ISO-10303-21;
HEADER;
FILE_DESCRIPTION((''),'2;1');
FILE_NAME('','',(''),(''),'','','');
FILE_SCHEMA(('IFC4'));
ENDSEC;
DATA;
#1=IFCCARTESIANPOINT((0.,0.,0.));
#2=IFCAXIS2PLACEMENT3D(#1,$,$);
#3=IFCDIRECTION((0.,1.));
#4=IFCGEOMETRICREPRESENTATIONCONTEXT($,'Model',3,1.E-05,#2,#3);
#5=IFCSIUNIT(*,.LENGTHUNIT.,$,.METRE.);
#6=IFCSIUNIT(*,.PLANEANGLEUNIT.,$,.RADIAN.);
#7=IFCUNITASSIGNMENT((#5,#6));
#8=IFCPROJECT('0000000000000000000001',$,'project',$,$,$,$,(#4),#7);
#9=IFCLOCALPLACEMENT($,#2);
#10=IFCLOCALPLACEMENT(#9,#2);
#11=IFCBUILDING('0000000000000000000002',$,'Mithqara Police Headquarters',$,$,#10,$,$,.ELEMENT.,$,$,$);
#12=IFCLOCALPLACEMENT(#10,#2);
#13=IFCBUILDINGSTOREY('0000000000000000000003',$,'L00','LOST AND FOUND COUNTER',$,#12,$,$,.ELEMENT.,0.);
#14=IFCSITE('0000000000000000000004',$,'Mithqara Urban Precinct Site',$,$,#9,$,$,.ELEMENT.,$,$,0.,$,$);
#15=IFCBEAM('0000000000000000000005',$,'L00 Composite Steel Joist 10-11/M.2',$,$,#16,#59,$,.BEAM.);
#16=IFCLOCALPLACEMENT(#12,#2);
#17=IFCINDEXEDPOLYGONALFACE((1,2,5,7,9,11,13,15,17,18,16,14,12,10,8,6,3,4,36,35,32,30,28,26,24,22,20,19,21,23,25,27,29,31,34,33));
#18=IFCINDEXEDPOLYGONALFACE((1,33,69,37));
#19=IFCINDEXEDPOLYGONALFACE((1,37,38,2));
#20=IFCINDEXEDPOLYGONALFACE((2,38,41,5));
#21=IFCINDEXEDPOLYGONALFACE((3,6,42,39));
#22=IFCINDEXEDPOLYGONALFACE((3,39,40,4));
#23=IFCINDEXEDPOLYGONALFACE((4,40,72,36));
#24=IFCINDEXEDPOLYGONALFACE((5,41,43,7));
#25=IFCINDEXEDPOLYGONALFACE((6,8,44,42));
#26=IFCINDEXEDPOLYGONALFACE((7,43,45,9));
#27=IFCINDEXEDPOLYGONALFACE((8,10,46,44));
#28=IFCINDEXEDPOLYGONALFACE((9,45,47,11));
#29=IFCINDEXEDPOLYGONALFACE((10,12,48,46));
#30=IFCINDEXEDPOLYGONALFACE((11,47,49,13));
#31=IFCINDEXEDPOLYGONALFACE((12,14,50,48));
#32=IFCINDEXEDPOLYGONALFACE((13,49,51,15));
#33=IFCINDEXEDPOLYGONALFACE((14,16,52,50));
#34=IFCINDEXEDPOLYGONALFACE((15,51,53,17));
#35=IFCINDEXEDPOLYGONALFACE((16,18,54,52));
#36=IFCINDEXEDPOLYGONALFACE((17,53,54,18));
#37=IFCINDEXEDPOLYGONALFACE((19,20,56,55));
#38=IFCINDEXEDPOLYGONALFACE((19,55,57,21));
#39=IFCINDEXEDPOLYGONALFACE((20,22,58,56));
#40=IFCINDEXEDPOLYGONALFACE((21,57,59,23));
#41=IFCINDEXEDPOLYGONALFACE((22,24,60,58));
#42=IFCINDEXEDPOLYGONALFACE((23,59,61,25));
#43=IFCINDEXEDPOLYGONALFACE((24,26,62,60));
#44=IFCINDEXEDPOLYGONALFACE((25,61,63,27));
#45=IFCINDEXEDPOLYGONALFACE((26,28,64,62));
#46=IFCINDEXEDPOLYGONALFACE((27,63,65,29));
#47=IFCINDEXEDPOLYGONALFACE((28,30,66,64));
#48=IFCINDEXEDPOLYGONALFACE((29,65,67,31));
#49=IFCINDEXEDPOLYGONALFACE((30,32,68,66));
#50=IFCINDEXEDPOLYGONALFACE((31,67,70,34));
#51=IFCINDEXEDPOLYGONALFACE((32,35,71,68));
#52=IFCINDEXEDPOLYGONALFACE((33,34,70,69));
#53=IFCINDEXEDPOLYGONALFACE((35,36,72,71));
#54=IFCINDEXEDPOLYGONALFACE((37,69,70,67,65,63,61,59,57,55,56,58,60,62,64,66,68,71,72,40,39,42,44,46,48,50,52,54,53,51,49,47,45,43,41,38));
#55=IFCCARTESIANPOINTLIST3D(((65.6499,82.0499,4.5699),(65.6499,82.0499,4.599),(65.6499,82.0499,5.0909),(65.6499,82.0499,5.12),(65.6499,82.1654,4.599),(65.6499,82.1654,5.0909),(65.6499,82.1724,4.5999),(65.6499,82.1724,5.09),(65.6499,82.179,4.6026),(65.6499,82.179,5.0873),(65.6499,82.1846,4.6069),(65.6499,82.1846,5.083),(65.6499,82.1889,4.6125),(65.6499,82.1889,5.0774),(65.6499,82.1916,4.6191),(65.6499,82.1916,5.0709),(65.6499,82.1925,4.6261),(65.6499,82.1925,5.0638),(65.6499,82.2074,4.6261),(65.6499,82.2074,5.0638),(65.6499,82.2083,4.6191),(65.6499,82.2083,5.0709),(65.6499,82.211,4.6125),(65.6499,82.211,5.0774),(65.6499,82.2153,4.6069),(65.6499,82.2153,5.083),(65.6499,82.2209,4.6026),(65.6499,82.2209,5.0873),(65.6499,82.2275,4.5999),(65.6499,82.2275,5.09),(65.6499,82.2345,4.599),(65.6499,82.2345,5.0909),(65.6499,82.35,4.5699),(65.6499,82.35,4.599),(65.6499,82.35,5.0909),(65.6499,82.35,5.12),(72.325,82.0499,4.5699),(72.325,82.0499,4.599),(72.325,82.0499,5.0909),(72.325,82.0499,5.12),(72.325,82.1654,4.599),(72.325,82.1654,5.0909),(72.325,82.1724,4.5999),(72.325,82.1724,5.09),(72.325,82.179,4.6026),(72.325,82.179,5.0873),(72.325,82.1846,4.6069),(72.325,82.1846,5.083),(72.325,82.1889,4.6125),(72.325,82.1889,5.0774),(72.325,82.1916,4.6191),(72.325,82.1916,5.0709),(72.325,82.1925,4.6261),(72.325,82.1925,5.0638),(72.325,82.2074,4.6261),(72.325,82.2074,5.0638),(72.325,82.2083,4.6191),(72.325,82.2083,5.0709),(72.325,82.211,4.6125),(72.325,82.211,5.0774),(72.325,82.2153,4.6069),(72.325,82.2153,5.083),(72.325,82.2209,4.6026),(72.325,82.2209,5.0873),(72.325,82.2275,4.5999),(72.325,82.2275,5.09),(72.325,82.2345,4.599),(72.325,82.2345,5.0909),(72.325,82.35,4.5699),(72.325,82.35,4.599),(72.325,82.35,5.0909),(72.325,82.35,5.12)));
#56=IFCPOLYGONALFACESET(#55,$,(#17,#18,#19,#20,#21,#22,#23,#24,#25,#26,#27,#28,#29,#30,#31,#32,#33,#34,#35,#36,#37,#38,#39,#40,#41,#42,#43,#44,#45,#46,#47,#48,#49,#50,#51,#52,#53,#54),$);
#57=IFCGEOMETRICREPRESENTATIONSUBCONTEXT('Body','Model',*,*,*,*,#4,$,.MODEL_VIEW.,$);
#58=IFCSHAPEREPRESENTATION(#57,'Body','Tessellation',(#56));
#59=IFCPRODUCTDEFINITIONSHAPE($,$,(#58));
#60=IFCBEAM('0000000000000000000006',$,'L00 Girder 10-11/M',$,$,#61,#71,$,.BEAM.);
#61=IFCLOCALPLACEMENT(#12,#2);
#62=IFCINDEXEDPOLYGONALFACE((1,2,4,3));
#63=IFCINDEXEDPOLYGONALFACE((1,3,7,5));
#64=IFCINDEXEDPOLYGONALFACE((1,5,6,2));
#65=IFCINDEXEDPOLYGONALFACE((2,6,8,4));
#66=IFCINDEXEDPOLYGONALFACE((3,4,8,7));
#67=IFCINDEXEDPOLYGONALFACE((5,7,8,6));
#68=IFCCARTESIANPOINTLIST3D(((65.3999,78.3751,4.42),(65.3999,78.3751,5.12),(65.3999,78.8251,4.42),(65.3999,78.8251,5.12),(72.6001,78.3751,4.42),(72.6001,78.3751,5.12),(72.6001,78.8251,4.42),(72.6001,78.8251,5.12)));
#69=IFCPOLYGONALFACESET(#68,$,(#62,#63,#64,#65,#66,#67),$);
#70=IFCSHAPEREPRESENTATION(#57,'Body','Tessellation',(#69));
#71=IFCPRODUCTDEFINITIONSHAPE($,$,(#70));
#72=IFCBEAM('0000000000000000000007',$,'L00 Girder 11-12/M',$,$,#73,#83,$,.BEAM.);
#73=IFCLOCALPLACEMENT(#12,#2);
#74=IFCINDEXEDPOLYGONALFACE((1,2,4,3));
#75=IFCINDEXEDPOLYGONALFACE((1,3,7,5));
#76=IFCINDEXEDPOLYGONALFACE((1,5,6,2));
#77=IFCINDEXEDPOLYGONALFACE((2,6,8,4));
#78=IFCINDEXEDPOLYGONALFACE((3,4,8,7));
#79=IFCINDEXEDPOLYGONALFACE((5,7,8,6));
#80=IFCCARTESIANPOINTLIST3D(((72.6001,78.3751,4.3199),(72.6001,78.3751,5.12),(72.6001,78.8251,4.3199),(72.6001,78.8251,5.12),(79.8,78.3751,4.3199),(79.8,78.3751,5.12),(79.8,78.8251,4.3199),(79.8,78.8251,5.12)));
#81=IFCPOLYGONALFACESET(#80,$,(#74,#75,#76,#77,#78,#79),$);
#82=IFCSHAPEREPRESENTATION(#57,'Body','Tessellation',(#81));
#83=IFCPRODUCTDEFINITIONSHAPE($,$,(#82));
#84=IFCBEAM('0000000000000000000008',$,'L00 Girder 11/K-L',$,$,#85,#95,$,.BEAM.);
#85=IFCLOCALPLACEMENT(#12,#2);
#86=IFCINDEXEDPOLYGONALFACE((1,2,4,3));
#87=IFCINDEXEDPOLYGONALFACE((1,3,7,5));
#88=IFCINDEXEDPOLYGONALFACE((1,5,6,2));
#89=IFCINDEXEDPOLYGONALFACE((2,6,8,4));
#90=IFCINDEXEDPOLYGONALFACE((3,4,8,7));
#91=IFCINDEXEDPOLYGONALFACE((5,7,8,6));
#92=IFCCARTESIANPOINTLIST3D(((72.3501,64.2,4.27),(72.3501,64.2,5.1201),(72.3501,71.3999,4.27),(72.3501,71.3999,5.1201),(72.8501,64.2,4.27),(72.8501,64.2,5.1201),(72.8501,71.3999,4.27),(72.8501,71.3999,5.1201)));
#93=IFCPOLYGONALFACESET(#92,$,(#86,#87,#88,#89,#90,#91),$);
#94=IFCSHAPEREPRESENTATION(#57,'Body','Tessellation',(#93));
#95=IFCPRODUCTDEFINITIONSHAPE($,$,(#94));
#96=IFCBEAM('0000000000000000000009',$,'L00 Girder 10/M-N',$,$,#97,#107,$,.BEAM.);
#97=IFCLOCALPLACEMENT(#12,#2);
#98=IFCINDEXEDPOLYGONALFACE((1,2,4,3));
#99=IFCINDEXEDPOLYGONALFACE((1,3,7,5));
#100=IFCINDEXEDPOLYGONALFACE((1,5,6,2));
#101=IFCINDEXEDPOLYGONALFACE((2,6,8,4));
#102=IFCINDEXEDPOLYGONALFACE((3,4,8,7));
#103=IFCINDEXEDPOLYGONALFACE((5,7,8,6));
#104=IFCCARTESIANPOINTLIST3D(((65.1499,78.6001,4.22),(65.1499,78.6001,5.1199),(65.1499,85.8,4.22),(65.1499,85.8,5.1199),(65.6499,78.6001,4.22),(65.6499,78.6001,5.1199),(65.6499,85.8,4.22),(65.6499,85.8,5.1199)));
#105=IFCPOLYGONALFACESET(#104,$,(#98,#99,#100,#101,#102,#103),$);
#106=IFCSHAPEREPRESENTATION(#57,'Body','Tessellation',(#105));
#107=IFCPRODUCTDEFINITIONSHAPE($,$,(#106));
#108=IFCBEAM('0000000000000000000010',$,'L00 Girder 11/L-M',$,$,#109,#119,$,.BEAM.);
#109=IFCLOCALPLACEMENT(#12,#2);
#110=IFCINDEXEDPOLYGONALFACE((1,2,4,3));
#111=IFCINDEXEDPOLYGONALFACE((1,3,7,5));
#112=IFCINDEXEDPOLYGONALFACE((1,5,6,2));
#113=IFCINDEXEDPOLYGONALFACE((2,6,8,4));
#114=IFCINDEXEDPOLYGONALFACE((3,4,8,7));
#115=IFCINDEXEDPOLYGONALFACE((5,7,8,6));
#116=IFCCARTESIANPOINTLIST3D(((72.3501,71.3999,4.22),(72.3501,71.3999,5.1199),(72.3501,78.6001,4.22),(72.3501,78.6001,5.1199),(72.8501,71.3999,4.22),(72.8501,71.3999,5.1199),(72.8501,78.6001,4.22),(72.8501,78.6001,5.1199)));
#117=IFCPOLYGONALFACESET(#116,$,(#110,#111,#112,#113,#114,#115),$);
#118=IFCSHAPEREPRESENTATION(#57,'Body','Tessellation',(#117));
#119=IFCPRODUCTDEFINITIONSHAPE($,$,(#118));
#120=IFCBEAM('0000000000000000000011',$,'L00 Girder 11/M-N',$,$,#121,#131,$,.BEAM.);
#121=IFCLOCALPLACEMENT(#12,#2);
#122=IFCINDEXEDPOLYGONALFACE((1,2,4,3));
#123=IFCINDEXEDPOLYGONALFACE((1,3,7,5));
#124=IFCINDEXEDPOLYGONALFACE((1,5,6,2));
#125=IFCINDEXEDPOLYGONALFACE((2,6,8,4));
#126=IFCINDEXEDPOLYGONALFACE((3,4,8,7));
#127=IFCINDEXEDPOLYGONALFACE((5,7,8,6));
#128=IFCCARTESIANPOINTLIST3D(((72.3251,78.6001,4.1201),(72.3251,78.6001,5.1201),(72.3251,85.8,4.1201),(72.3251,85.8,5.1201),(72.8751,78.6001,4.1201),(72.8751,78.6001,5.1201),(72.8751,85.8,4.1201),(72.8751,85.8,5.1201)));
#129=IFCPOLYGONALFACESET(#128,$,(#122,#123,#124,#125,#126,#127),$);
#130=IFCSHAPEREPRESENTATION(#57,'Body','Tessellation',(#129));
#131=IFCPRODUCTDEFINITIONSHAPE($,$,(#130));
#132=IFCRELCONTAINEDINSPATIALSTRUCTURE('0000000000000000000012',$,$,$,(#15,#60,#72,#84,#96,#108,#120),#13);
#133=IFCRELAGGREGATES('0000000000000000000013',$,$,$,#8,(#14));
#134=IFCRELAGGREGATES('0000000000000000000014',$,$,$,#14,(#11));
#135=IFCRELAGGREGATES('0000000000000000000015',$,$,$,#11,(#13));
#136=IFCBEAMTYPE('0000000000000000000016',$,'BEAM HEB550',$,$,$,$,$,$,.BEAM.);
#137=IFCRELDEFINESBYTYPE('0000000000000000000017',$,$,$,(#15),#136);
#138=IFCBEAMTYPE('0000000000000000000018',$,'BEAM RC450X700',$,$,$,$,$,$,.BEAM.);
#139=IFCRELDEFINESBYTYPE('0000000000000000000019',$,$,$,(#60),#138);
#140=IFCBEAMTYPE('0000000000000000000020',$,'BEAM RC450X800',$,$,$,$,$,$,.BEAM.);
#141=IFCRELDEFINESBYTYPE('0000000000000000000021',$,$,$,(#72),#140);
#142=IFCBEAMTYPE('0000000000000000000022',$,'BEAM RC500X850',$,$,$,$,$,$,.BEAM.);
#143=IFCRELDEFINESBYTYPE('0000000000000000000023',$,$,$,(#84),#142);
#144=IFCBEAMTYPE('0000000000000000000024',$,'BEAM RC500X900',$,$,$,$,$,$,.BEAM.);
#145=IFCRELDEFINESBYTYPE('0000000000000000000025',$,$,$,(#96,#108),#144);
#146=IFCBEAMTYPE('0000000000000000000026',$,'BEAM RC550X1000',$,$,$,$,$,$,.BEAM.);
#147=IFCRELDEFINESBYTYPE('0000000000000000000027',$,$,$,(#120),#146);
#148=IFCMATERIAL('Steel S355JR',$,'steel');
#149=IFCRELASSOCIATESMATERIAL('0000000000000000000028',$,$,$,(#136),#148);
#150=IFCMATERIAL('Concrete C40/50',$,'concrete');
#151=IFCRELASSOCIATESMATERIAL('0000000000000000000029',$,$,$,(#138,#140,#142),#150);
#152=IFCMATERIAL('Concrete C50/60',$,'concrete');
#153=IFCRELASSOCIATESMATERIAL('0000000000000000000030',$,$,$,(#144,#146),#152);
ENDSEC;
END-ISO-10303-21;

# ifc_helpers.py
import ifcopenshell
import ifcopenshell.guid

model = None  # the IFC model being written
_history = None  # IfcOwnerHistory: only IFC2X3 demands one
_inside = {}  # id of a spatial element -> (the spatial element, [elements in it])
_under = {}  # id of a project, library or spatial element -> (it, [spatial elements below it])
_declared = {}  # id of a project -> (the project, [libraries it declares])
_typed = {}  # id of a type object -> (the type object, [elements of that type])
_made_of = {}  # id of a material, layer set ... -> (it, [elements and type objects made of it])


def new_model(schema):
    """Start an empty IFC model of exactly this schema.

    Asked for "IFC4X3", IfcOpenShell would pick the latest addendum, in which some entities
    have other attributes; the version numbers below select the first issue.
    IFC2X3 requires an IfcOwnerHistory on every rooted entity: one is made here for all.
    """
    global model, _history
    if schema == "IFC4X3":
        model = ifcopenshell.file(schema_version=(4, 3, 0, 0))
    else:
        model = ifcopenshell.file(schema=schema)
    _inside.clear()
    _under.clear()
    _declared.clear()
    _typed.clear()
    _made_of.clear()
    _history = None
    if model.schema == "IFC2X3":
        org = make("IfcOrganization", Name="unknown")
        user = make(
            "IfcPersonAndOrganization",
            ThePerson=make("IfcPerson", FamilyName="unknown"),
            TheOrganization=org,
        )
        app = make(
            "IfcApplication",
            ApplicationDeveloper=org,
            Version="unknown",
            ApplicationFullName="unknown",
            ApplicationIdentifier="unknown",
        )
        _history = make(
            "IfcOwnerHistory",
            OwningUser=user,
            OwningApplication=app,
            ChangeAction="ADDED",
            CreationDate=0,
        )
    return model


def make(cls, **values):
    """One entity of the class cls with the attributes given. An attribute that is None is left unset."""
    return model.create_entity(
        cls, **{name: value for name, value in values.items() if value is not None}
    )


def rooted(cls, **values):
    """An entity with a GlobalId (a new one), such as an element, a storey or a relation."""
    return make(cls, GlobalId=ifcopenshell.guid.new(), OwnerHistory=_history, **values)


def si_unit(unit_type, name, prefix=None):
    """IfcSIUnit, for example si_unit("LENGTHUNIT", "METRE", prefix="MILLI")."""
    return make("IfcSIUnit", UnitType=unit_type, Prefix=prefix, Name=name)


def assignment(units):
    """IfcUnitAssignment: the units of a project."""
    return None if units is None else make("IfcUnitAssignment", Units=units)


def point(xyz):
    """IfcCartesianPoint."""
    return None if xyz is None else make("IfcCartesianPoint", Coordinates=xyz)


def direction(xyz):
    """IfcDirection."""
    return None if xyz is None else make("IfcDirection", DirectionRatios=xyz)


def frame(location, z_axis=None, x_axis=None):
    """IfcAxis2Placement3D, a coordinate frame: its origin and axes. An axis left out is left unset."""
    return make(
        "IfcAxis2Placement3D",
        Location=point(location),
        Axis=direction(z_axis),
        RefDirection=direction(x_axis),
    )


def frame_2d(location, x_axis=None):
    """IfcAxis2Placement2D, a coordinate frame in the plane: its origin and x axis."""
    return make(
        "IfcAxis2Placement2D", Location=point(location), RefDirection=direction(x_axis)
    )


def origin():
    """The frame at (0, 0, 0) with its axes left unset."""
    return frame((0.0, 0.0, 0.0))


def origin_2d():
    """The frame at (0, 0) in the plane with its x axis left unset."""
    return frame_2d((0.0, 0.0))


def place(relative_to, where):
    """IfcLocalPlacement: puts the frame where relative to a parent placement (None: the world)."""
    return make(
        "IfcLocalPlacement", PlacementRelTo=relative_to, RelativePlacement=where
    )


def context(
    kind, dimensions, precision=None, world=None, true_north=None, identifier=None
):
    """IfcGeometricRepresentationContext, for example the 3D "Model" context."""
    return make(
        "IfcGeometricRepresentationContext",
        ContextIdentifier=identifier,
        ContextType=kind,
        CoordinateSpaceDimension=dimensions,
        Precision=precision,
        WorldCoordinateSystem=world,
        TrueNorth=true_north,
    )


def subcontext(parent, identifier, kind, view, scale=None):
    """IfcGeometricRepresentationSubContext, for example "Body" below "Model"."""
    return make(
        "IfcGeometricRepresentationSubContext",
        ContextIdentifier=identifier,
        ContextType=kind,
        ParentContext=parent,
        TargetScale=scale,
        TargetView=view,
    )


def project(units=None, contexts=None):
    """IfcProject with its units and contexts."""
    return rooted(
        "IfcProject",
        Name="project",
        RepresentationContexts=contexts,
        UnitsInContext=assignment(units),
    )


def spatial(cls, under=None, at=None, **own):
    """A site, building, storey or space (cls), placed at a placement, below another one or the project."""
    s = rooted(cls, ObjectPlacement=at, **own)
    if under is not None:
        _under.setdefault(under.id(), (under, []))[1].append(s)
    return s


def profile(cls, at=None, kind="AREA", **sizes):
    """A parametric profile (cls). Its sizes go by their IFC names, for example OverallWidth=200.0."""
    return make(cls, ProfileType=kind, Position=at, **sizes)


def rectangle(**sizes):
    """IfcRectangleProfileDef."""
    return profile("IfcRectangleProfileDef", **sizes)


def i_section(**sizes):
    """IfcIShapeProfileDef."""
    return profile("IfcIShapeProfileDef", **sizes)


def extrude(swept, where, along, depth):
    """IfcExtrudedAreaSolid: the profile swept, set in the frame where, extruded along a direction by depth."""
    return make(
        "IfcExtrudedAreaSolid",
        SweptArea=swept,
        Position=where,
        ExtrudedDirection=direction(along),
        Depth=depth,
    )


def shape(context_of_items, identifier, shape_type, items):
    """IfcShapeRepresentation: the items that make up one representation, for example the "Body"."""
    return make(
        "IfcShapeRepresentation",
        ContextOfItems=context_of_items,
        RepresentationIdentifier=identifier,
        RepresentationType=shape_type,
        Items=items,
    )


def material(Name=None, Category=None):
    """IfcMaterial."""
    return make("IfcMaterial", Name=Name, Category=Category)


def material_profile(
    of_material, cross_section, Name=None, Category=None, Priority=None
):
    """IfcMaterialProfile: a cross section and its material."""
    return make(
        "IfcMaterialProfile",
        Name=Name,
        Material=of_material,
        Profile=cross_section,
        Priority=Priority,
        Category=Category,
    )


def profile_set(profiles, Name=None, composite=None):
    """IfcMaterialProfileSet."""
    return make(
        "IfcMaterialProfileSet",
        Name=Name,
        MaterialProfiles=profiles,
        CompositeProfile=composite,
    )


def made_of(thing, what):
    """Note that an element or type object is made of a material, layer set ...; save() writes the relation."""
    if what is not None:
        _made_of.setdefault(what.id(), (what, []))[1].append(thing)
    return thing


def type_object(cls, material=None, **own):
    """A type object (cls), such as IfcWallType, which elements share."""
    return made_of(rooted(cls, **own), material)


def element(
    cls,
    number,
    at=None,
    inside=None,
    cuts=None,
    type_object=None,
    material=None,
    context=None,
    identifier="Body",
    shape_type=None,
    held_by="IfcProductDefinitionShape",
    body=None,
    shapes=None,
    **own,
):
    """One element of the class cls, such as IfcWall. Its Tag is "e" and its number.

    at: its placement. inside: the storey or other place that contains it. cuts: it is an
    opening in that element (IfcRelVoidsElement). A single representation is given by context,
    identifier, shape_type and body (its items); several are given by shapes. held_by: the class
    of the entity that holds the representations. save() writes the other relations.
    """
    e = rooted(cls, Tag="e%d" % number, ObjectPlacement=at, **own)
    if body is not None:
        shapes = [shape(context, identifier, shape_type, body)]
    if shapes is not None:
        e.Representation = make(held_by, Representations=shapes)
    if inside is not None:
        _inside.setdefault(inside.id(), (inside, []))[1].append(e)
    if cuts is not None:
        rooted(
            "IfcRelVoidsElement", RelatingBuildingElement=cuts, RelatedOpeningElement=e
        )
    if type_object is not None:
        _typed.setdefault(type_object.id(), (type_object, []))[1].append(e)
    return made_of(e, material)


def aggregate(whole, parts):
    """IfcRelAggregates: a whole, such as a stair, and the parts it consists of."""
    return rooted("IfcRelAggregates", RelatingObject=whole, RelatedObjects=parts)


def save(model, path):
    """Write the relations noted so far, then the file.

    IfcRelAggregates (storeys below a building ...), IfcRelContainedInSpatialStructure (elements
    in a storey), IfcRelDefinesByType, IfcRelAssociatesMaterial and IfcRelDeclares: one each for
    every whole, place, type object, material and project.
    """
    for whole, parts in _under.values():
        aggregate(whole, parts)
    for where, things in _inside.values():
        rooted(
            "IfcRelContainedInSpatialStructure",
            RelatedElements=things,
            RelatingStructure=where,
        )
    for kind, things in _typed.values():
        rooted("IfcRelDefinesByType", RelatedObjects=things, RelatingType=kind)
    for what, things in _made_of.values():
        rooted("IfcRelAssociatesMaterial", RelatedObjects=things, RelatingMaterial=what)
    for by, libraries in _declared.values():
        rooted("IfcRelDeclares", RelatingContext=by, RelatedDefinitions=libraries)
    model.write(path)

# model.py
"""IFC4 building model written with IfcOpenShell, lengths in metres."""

from ifc_helpers import new_model, si_unit, direction, frame, origin, origin_2d, place, context, subcontext, project, spatial, rectangle, i_section, extrude, material, material_profile, profile_set, type_object, element, save


model = new_model("IFC4")

# Units and contexts
model_context = context("Model", 3, precision=1e-05, world=origin(), true_north=direction((0.0, 1.0)))
body_context = subcontext(model_context, "Body", "Model", "MODEL_VIEW")
ifc_project = project(units=[si_unit("LENGTHUNIT", "METRE"), si_unit("PLANEANGLEUNIT", "RADIAN")], contexts=[model_context])

# Site, building, storey
site_placement = place(None, origin())
site = spatial("IfcSite", under=ifc_project, at=site_placement, Name="Mithqara Urban Precinct Site", CompositionType="ELEMENT", RefElevation=0.0)
building_placement = place(site_placement, origin())
building = spatial("IfcBuilding", under=site, at=building_placement, Name="Mithqara Police Headquarters", CompositionType="ELEMENT")
storey_placement = place(building_placement, origin())
storey = spatial("IfcBuildingStorey", under=building, at=storey_placement, Name="L00", Description="LOST AND FOUND COUNTER", CompositionType="ELEMENT", Elevation=0.0)

# Shared definitions
ifc_material_1 = material(Name="Concrete C50/60", Category="concrete")

# Beams
ifc_material_2 = material(Name="Steel S355JR", Category="steel")
ifc_material_profile_1 = material_profile(ifc_material_2, i_section(OverallWidth=0.3, OverallDepth=0.55, WebThickness=0.0149, FlangeThickness=0.0291, FilletRadius=0.0271, at=origin_2d()), Name="HEB 550")
ifc_profile_set_1 = profile_set([ifc_material_profile_1], Name="Steel S355JR")
beam_type_1 = type_object("IfcBeamType", Name="BEAM HEB550", PredefinedType="BEAM", material=ifc_profile_set_1)
for number, where, z_axis, x_axis, name in (
    (1, (65.6499, 82.2, 4.845), (1.0, 0.0, 0.0), (0.0, 1.0, 0.0), "L00 Composite Steel Joist 10-11/M.2"),
):
    element("IfcBeam", number, at=place(storey_placement, frame(where, z_axis=z_axis, x_axis=x_axis)), inside=storey, type_object=beam_type_1, Name=name, PredefinedType="BEAM", context=body_context, shape_type="SweptSolid", body=[
        extrude(i_section(OverallWidth=0.3, OverallDepth=0.55, WebThickness=0.0149, FlangeThickness=0.0291, FilletRadius=0.0271, at=origin_2d()), origin(), (0.0, 0.0, 1.0), 6.675),
    ])
ifc_material_3 = material(Name="Concrete C40/50", Category="concrete")
ifc_material_profile_2 = material_profile(ifc_material_3, rectangle(XDim=0.45, YDim=0.7, at=origin_2d()), Name="RC 450x700")
ifc_profile_set_2 = profile_set([ifc_material_profile_2], Name="Concrete C40/50")
beam_type_2 = type_object("IfcBeamType", Name="BEAM RC450X700", PredefinedType="BEAM", material=ifc_profile_set_2)
beam_1_placement = place(storey_placement, frame((65.3999, 78.6001, 4.77), z_axis=(1.0, 0.0, 0.0), x_axis=(0.0, 1.0, 0.0)))
element("IfcBeam", 2, at=beam_1_placement, inside=storey, type_object=beam_type_2, Name="L00 Girder 10-11/M", PredefinedType="BEAM", context=body_context, shape_type="SweptSolid", body=[
    extrude(rectangle(XDim=0.45, YDim=0.7, at=origin_2d()), origin(), (0.0, 0.0, 1.0), 7.2002),
])
ifc_material_profile_3 = material_profile(ifc_material_3, rectangle(XDim=0.45, YDim=0.8, at=origin_2d()), Name="RC 450x800")
ifc_profile_set_3 = profile_set([ifc_material_profile_3], Name="Concrete C40/50")
beam_type_3 = type_object("IfcBeamType", Name="BEAM RC450X800", PredefinedType="BEAM", material=ifc_profile_set_3)
beam_2_placement = place(storey_placement, frame((72.6001, 78.6001, 4.72), z_axis=(1.0, 0.0, 0.0), x_axis=(0.0, 1.0, 0.0)))
element("IfcBeam", 3, at=beam_2_placement, inside=storey, type_object=beam_type_3, Name="L00 Girder 11-12/M", PredefinedType="BEAM", context=body_context, shape_type="SweptSolid", body=[
    extrude(rectangle(XDim=0.45, YDim=0.8, at=origin_2d()), origin(), (0.0, 0.0, 1.0), 7.2),
])
ifc_material_profile_4 = material_profile(ifc_material_3, rectangle(XDim=0.5, YDim=0.8501, at=origin_2d()), Name="RC 500x850")
ifc_profile_set_4 = profile_set([ifc_material_profile_4], Name="Concrete C40/50")
beam_type_4 = type_object("IfcBeamType", Name="BEAM RC500X850", PredefinedType="BEAM", material=ifc_profile_set_4)
beam_3_placement = place(storey_placement, frame((72.6001, 64.2, 4.6951), z_axis=(0.0, 1.0, 0.0), x_axis=(-1.0, 0.0, 0.0)))
element("IfcBeam", 4, at=beam_3_placement, inside=storey, type_object=beam_type_4, Name="L00 Girder 11/K-L", PredefinedType="BEAM", context=body_context, shape_type="SweptSolid", body=[
    extrude(rectangle(XDim=0.5, YDim=0.8501, at=origin_2d()), origin(), (0.0, 0.0, 1.0), 7.2),
])
ifc_material_profile_5 = material_profile(ifc_material_1, rectangle(XDim=0.5, YDim=0.8999, at=origin_2d()), Name="RC 500x900")
ifc_profile_set_5 = profile_set([ifc_material_profile_5], Name="Concrete C50/60")
beam_type_5 = type_object("IfcBeamType", Name="BEAM RC500X900", PredefinedType="BEAM", material=ifc_profile_set_5)
beam_4_placement = place(storey_placement, frame((65.3999, 78.6001, 4.6699), z_axis=(0.0, 1.0, 0.0), x_axis=(-1.0, 0.0, 0.0)))
element("IfcBeam", 5, at=beam_4_placement, inside=storey, type_object=beam_type_5, Name="L00 Girder 10/M-N", PredefinedType="BEAM", context=body_context, shape_type="SweptSolid", body=[
    extrude(rectangle(XDim=0.5, YDim=0.8999, at=origin_2d()), origin(), (0.0, 0.0, 1.0), 7.2),
])
beam_5_placement = place(storey_placement, frame((72.6001, 71.3999, 4.6699), z_axis=(0.0, 1.0, 0.0), x_axis=(-1.0, 0.0, 0.0)))
element("IfcBeam", 6, at=beam_5_placement, inside=storey, type_object=beam_type_5, Name="L00 Girder 11/L-M", PredefinedType="BEAM", context=body_context, shape_type="SweptSolid", body=[
    extrude(rectangle(XDim=0.5, YDim=0.8999, at=origin_2d()), origin(), (0.0, 0.0, 1.0), 7.2002),
])
ifc_material_profile_6 = material_profile(ifc_material_1, rectangle(XDim=0.55, YDim=1.0, at=origin_2d()), Name="RC 550x1000")
ifc_profile_set_6 = profile_set([ifc_material_profile_6], Name="Concrete C50/60")
beam_type_6 = type_object("IfcBeamType", Name="BEAM RC550X1000", PredefinedType="BEAM", material=ifc_profile_set_6)
beam_6_placement = place(storey_placement, frame((72.6001, 78.6001, 4.6201), z_axis=(0.0, 1.0, 0.0), x_axis=(-1.0, 0.0, 0.0)))
element("IfcBeam", 7, at=beam_6_placement, inside=storey, type_object=beam_type_6, Name="L00 Girder 11/M-N", PredefinedType="BEAM", context=body_context, shape_type="SweptSolid", body=[
    extrude(rectangle(XDim=0.55, YDim=1.0, at=origin_2d()), origin(), (0.0, 0.0, 1.0), 7.2),
])

save(model, "model.ifc")
